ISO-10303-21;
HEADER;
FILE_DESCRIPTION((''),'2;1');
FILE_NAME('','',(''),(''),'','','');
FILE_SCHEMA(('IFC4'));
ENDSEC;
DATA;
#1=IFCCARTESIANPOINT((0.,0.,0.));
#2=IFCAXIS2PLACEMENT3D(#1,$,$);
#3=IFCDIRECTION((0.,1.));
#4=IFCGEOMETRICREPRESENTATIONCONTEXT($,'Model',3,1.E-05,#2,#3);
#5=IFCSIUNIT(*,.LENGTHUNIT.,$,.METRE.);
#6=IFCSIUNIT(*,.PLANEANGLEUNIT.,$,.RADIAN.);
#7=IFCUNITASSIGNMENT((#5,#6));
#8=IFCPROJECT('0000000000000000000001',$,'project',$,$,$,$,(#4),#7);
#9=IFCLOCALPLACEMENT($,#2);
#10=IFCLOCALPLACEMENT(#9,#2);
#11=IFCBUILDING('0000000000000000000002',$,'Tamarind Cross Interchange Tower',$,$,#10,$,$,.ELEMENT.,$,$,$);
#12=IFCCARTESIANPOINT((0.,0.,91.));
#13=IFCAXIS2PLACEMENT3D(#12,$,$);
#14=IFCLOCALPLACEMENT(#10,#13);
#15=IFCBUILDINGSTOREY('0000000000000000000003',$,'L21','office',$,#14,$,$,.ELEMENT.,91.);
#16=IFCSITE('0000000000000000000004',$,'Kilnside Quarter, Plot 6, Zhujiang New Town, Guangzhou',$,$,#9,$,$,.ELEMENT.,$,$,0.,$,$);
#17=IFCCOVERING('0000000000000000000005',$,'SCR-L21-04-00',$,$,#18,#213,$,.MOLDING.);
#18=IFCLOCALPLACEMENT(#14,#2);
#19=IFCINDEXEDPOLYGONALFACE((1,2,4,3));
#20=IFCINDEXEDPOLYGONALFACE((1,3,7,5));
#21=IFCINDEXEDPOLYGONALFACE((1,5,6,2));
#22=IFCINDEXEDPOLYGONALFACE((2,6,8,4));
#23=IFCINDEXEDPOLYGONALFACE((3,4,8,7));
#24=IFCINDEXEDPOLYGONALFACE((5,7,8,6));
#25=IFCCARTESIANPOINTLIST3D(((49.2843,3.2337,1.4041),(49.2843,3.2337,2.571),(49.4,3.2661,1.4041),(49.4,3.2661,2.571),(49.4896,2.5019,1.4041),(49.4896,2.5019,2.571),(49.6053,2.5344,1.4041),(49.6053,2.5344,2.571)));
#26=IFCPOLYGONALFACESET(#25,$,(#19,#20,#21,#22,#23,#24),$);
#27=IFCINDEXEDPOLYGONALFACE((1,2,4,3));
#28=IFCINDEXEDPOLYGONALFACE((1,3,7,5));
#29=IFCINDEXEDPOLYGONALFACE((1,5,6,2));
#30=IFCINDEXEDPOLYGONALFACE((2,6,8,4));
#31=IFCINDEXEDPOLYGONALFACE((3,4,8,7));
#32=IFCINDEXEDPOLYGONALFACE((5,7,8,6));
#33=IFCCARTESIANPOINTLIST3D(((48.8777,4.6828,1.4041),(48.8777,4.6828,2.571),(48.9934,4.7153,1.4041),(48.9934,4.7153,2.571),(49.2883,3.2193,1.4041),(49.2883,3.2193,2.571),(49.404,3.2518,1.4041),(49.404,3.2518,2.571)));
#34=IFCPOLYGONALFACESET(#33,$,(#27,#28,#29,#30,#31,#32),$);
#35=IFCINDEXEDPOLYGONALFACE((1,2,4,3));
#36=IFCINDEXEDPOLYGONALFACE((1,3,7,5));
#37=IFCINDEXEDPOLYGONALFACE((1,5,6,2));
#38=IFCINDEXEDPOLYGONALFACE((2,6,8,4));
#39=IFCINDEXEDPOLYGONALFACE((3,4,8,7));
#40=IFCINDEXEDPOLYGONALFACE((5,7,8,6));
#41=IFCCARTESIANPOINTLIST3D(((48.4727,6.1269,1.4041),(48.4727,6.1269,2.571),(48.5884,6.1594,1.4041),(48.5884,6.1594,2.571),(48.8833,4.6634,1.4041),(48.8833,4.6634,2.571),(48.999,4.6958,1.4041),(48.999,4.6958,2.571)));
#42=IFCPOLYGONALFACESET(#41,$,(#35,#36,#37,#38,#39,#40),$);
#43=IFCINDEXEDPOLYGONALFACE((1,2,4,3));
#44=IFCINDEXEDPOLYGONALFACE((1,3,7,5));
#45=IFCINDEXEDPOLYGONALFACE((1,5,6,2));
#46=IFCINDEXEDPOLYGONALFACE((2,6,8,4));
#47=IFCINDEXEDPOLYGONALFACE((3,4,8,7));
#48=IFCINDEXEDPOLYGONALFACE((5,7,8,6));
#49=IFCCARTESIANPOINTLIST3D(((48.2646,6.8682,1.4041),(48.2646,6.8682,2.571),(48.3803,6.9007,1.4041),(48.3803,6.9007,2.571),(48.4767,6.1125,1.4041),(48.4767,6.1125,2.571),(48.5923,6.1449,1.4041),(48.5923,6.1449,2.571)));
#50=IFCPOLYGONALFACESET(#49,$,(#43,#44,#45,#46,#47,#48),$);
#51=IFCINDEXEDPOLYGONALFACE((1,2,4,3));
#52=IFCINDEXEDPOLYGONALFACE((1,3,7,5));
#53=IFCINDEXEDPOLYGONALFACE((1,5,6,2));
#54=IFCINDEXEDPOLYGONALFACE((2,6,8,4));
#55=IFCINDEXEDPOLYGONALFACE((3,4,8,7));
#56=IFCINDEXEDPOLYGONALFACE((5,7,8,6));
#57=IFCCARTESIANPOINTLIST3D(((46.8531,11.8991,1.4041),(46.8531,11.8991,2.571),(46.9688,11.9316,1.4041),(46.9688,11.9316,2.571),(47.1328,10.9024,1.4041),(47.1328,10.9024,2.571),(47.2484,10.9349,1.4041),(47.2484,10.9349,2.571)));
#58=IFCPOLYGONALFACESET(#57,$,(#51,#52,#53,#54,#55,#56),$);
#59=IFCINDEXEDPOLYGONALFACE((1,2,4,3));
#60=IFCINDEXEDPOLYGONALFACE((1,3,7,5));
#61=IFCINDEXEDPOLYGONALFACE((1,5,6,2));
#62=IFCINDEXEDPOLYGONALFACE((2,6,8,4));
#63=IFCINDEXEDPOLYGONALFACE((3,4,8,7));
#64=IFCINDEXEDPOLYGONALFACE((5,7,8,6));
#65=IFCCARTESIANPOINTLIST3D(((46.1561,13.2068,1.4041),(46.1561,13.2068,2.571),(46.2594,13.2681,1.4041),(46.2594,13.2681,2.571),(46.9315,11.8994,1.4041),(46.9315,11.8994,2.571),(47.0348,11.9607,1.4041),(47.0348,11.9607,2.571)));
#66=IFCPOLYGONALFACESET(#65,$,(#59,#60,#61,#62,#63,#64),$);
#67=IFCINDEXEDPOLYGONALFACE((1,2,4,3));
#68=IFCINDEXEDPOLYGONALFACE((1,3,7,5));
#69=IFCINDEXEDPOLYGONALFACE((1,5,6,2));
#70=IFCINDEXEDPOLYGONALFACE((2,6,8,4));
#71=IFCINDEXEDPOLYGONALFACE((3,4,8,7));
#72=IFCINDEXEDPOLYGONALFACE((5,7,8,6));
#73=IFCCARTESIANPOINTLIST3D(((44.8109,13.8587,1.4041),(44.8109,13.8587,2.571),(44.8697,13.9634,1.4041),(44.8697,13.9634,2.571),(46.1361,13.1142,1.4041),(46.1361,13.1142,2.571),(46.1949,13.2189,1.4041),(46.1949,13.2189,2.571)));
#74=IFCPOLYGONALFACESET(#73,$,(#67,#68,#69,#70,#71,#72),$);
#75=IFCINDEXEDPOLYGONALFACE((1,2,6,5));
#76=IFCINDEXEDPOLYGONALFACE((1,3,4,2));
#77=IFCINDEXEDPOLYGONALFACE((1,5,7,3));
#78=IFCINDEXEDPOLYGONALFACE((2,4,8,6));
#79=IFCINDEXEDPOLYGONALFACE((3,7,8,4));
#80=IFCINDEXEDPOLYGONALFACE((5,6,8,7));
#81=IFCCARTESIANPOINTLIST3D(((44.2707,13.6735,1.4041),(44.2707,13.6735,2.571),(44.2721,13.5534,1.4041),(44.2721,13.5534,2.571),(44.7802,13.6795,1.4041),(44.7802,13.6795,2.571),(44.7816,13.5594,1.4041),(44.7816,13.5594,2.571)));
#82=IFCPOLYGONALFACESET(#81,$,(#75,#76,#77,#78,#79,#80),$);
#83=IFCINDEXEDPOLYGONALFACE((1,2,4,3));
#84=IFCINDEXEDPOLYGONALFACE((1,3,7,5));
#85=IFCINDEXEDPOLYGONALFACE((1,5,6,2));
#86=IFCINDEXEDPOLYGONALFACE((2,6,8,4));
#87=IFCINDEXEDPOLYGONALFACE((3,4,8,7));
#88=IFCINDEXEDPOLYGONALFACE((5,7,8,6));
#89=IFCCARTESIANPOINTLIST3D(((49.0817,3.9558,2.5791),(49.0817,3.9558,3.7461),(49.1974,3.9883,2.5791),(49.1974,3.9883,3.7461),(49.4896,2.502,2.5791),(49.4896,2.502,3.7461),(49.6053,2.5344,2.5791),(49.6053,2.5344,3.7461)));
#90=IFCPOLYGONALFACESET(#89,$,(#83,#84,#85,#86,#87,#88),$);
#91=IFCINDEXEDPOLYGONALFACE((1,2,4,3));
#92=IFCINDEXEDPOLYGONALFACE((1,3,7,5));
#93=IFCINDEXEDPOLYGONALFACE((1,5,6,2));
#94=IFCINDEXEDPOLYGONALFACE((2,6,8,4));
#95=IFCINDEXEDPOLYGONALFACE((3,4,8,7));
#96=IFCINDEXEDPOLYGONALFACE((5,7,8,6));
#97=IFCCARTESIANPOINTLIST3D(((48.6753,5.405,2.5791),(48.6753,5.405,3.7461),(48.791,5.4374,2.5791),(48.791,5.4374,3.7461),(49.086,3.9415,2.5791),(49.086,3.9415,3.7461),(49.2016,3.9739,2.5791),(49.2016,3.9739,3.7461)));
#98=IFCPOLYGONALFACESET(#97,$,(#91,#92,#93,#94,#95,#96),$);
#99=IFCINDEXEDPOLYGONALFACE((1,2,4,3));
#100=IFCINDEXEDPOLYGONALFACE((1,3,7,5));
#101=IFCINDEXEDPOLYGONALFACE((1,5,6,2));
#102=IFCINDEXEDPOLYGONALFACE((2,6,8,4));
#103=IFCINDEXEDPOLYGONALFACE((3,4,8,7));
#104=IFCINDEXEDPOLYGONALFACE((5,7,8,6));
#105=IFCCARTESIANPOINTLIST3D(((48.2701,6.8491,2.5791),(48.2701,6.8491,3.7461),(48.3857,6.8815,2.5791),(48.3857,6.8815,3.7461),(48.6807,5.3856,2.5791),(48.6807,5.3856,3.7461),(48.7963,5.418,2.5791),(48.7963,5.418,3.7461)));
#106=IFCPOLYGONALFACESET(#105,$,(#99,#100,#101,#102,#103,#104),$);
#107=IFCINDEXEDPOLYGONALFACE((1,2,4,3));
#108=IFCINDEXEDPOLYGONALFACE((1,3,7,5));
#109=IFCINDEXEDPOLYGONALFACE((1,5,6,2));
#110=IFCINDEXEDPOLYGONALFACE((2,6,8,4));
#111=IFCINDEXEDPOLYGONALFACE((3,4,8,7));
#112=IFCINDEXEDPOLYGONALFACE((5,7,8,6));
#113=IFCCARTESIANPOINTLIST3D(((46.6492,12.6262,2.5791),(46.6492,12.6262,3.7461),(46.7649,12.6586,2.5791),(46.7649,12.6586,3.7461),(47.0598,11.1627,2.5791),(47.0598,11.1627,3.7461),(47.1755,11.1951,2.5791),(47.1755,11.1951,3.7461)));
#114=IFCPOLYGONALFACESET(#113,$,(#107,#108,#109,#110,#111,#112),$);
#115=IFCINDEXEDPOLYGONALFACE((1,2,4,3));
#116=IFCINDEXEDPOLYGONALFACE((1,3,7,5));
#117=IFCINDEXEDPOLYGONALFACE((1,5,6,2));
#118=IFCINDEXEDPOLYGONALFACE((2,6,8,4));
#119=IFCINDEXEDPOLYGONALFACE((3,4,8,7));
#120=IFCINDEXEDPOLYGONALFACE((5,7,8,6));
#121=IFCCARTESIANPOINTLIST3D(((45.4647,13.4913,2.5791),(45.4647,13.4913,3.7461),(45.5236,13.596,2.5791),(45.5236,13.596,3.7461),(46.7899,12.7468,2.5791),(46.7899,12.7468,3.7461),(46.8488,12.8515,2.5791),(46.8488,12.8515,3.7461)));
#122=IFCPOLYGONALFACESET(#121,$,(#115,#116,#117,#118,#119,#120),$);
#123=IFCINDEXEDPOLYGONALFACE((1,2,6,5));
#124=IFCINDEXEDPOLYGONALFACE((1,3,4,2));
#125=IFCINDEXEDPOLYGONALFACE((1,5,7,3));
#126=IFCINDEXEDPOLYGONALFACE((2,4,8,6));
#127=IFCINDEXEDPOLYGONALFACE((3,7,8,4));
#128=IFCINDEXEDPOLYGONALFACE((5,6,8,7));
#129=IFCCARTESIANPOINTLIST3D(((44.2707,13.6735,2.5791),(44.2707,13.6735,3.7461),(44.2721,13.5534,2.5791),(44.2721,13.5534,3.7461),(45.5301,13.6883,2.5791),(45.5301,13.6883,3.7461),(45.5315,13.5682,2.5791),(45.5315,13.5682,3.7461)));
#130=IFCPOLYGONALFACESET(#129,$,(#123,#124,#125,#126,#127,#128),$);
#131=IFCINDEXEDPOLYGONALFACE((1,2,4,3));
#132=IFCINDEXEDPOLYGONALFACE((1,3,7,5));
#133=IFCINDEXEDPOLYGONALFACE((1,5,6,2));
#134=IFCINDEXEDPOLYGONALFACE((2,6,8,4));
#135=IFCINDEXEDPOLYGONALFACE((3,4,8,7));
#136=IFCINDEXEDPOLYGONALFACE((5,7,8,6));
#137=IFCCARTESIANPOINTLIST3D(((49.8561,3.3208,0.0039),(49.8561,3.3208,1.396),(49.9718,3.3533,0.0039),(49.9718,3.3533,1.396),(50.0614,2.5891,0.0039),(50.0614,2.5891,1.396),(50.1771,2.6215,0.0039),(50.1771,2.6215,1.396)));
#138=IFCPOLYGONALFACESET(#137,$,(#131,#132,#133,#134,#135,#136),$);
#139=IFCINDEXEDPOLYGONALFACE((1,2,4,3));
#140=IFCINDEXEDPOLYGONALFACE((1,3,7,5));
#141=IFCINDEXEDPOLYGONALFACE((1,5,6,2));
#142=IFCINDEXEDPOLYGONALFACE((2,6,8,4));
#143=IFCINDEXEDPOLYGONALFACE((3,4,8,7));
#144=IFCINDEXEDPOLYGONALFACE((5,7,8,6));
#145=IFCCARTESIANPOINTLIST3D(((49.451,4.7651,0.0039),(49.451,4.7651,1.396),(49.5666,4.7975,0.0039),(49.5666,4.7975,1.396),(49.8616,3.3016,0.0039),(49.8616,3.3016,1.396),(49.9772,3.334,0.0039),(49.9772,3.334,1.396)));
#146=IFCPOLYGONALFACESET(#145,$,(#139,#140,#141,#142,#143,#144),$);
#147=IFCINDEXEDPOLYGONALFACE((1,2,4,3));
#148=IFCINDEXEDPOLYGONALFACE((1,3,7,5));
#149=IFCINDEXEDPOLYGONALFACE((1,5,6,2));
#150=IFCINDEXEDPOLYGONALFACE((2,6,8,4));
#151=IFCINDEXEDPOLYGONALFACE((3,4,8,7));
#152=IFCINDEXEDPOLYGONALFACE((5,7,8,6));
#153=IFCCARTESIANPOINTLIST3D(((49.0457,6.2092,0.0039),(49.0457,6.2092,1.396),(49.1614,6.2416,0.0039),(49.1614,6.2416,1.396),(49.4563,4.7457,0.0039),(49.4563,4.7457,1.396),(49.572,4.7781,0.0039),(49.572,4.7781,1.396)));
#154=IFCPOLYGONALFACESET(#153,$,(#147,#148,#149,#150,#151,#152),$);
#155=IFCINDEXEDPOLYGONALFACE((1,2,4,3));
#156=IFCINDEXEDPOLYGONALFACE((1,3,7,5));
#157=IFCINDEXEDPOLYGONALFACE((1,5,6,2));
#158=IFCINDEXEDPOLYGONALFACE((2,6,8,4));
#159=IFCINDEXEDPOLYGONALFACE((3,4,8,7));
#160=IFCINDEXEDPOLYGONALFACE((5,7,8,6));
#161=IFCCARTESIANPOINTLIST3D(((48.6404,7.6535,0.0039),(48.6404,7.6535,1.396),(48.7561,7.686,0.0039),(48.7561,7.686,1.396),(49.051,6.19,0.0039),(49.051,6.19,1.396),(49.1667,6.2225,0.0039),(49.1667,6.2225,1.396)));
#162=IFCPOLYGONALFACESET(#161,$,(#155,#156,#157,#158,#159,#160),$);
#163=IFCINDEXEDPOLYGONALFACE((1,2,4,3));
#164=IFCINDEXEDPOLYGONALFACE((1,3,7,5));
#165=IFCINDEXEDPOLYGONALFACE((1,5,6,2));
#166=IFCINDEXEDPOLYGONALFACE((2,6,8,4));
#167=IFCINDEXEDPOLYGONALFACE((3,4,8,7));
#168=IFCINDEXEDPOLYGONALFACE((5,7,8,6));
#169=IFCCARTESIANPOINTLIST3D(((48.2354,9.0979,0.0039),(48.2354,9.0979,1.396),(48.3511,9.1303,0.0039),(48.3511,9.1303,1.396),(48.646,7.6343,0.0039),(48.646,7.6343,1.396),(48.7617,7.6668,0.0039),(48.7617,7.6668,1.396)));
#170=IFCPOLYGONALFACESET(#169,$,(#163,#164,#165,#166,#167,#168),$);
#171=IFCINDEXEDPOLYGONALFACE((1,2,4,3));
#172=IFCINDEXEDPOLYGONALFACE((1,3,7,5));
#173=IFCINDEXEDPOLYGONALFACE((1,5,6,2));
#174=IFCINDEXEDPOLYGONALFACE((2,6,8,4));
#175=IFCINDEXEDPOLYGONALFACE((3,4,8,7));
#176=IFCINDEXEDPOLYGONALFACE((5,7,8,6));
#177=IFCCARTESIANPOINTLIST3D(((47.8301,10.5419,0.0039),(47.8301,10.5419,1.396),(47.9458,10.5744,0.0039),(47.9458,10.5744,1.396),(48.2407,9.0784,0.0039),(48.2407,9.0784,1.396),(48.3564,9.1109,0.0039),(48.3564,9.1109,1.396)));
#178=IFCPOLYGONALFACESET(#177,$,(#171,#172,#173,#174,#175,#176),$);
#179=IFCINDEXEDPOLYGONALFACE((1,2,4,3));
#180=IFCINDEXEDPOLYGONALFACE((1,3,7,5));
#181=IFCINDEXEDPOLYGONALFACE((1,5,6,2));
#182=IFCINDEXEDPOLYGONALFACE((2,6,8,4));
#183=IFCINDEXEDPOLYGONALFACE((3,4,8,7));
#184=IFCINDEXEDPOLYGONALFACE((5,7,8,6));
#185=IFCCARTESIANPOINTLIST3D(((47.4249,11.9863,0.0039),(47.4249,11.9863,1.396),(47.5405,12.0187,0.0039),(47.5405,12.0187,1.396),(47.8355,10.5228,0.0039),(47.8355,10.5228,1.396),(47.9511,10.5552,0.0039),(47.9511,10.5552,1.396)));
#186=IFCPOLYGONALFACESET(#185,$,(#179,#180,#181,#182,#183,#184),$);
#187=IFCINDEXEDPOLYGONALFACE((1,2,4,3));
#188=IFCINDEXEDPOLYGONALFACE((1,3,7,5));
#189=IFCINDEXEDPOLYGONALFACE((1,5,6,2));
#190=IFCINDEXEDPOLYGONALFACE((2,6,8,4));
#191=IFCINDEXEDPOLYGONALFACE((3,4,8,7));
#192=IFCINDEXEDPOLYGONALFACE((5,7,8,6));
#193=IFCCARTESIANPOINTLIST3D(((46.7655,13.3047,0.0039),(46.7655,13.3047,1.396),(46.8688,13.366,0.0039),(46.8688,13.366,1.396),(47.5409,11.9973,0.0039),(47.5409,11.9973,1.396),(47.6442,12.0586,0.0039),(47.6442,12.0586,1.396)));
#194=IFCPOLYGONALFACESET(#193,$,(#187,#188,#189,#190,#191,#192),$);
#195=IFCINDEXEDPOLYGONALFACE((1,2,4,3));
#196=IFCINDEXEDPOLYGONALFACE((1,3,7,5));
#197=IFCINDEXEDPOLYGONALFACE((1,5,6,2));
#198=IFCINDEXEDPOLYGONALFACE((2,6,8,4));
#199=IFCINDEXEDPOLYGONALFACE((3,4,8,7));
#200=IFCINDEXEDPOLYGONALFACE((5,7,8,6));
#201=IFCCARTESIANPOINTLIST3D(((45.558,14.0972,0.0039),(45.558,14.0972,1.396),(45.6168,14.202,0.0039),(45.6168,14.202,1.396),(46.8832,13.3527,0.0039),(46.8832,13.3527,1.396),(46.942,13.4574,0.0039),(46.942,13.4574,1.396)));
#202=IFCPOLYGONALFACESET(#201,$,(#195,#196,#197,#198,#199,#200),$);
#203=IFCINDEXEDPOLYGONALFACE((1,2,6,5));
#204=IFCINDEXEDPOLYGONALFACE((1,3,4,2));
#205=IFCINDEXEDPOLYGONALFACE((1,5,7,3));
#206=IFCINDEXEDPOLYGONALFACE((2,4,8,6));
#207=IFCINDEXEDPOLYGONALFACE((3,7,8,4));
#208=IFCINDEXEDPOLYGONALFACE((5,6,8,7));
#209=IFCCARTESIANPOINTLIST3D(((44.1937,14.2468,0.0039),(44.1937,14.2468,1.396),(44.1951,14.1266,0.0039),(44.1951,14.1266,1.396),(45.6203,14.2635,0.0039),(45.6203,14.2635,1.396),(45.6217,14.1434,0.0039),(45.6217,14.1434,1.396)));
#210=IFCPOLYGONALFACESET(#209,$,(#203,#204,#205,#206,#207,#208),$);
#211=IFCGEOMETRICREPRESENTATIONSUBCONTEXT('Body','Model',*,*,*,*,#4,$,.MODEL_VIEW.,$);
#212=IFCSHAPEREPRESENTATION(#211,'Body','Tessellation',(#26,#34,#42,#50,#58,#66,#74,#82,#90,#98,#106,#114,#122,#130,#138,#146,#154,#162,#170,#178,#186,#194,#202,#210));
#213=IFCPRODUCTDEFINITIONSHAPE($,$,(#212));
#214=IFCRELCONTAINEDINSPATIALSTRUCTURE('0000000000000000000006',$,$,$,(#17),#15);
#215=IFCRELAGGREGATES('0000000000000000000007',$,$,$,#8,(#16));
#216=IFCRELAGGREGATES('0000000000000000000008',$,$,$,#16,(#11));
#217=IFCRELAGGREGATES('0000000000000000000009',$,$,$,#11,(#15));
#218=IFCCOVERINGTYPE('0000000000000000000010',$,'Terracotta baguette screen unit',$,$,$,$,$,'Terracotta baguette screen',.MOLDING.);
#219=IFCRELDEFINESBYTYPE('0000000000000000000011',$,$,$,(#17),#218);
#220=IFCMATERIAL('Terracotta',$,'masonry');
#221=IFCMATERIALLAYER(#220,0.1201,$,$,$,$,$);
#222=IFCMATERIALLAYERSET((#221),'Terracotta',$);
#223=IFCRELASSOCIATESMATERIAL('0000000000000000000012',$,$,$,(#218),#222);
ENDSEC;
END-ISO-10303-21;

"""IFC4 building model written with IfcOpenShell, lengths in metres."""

from ifc_helpers import new_model, si_unit, direction, frame, origin, origin_2d, place, context, subcontext, project, spatial, rectangle, extrude, material, layer, layer_set, type_object, element, save


model = new_model("IFC4")

# Units and contexts
model_context = context("Model", 3, precision=1e-05, world=origin(), true_north=direction((0.0, 1.0)))
body_context = subcontext(model_context, "Body", "Model", "MODEL_VIEW")
ifc_project = project(units=[si_unit("LENGTHUNIT", "METRE"), si_unit("PLANEANGLEUNIT", "RADIAN")], contexts=[model_context])

# Site, building, storey
site_placement = place(None, origin())
site = spatial("IfcSite", under=ifc_project, at=site_placement, Name="Kilnside Quarter, Plot 6, Zhujiang New Town, Guangzhou", CompositionType="ELEMENT", RefElevation=0.0)
building_placement = place(site_placement, origin())
building = spatial("IfcBuilding", under=site, at=building_placement, Name="Tamarind Cross Interchange Tower", CompositionType="ELEMENT")
storey_placement = place(building_placement, frame((0.0, 0.0, 91.0)))
storey = spatial("IfcBuildingStorey", under=building, at=storey_placement, Name="L21", Description="office", CompositionType="ELEMENT", Elevation=91.0)

# Covering
ifc_material_1 = material(Name="Terracotta", Category="masonry")
ifc_layer_1 = layer(ifc_material_1, 0.1201)
ifc_layer_set_1 = layer_set([ifc_layer_1], Name="Terracotta")
covering_type = type_object("IfcCoveringType", Name="Terracotta baguette screen unit", ElementType="Terracotta baguette screen", PredefinedType="MOLDING", material=ifc_layer_set_1)
covering_1_placement = place(storey_placement, origin())
element("IfcCovering", 1, at=covering_1_placement, inside=storey, type_object=covering_type, Name="SCR-L21-04-00", PredefinedType="MOLDING", context=body_context, shape_type="SweptSolid", body=[
    extrude(rectangle(XDim=0.76, YDim=0.1201, at=origin_2d()), frame((49.4448, 2.884, 1.4041), z_axis=(0.0, 0.0, 1.0), x_axis=(-0.27013, 0.962824, 0.0)), (0.0, 0.0, 1.0), 1.167),
    extrude(rectangle(XDim=1.52, YDim=0.1201, at=origin_2d()), frame((49.1409, 3.9673, 1.4041), z_axis=(0.0, 0.0, 1.0), x_axis=(-0.27013, 0.962824, 0.0)), (0.0, 0.0, 1.0), 1.167),
    extrude(rectangle(XDim=1.52, YDim=0.1201, at=origin_2d()), frame((48.7358, 5.4114, 1.4041), z_axis=(0.0, 0.0, 1.0), x_axis=(-0.27013, 0.962824, 0.0)), (0.0, 0.0, 1.0), 1.167),
    extrude(rectangle(XDim=0.7849, YDim=0.1201, at=origin_2d()), frame((48.4285, 6.5066, 1.4041), z_axis=(0.0, 0.0, 1.0), x_axis=(-0.27013, 0.962824, 0.0)), (0.0, 0.0, 1.0), 1.167),
    extrude(rectangle(XDim=1.0352, YDim=0.1201, at=origin_2d()), frame((47.0508, 11.417, 1.4041), z_axis=(0.0, 0.0, 1.0), x_axis=(-0.27013, 0.962824, 0.0)), (0.0, 0.0, 1.0), 1.167),
    extrude(rectangle(XDim=1.52, YDim=0.1201, at=origin_2d()), frame((46.5955, 12.5837, 1.4041), z_axis=(0.0, 0.0, 1.0), x_axis=(-0.510123, 0.860102, 0.0)), (0.0, 0.0, 1.0), 1.167),
    extrude(rectangle(XDim=1.52, YDim=0.1201, at=origin_2d()), frame((45.5029, 13.5388, 1.4041), z_axis=(0.0, 0.0, 1.0), x_axis=(-0.87183, 0.489809, 0.0)), (0.0, 0.0, 1.0), 1.167),
    extrude(rectangle(XDim=0.5095, YDim=0.1201, at=origin_2d()), frame((44.5261, 13.6165, 1.4041), z_axis=(0.0, 0.0, 1.0), x_axis=(-0.999931, -0.011728, 0.0)), (0.0, 0.0, 1.0), 1.167),
    extrude(rectangle(XDim=1.51, YDim=0.1201, at=origin_2d()), frame((49.3435, 3.2451, 2.5791), z_axis=(0.0, 0.0, 1.0), x_axis=(-0.27013, 0.962824, 0.0)), (0.0, 0.0, 1.0), 1.167),
    extrude(rectangle(XDim=1.52, YDim=0.1201, at=origin_2d()), frame((48.9385, 4.6895, 2.5791), z_axis=(0.0, 0.0, 1.0), x_axis=(-0.27013, 0.962824, 0.0)), (0.0, 0.0, 1.0), 1.167),
    extrude(rectangle(XDim=1.52, YDim=0.1201, at=origin_2d()), frame((48.5332, 6.1335, 2.5791), z_axis=(0.0, 0.0, 1.0), x_axis=(-0.27013, 0.962824, 0.0)), (0.0, 0.0, 1.0), 1.167),
    extrude(rectangle(XDim=1.52, YDim=0.1201, at=origin_2d()), frame((46.9124, 11.9106, 2.5791), z_axis=(0.0, 0.0, 1.0), x_axis=(-0.27013, 0.962824, 0.0)), (0.0, 0.0, 1.0), 1.167),
    extrude(rectangle(XDim=1.52, YDim=0.1201, at=origin_2d()), frame((46.1567, 13.1714, 2.5791), z_axis=(0.0, 0.0, 1.0), x_axis=(-0.87183, 0.489809, 0.0)), (0.0, 0.0, 1.0), 1.167),
    extrude(rectangle(XDim=1.2595, YDim=0.1201, at=origin_2d()), frame((44.9011, 13.6208, 2.5791), z_axis=(0.0, 0.0, 1.0), x_axis=(-0.999931, -0.011728, 0.0)), (0.0, 0.0, 1.0), 1.167),
    extrude(rectangle(XDim=0.76, YDim=0.1201, at=origin_2d()), frame((50.0166, 2.9712, 0.0039), z_axis=(0.0, 0.0, 1.0), x_axis=(-0.27013, 0.962824, 0.0)), (0.0, 0.0, 1.0), 1.3921),
    extrude(rectangle(XDim=1.52, YDim=0.1201, at=origin_2d()), frame((49.7141, 4.0496, 0.0039), z_axis=(0.0, 0.0, 1.0), x_axis=(-0.27013, 0.962824, 0.0)), (0.0, 0.0, 1.0), 1.3921),
    extrude(rectangle(XDim=1.52, YDim=0.1201, at=origin_2d()), frame((49.3088, 5.4937, 0.0039), z_axis=(0.0, 0.0, 1.0), x_axis=(-0.27013, 0.962824, 0.0)), (0.0, 0.0, 1.0), 1.3921),
    extrude(rectangle(XDim=1.52, YDim=0.1201, at=origin_2d()), frame((48.9036, 6.938, 0.0039), z_axis=(0.0, 0.0, 1.0), x_axis=(-0.27013, 0.962824, 0.0)), (0.0, 0.0, 1.0), 1.3921),
    extrude(rectangle(XDim=1.52, YDim=0.1201, at=origin_2d()), frame((48.4985, 8.3823, 0.0039), z_axis=(0.0, 0.0, 1.0), x_axis=(-0.27013, 0.962824, 0.0)), (0.0, 0.0, 1.0), 1.3921),
    extrude(rectangle(XDim=1.52, YDim=0.1201, at=origin_2d()), frame((48.0933, 9.8264, 0.0039), z_axis=(0.0, 0.0, 1.0), x_axis=(-0.27013, 0.962824, 0.0)), (0.0, 0.0, 1.0), 1.3921),
    extrude(rectangle(XDim=1.52, YDim=0.1201, at=origin_2d()), frame((47.688, 11.2708, 0.0039), z_axis=(0.0, 0.0, 1.0), x_axis=(-0.27013, 0.962824, 0.0)), (0.0, 0.0, 1.0), 1.3921),
    extrude(rectangle(XDim=1.52, YDim=0.1201, at=origin_2d()), frame((47.2048, 12.6816, 0.0039), z_axis=(0.0, 0.0, 1.0), x_axis=(-0.510123, 0.860102, 0.0)), (0.0, 0.0, 1.0), 1.3921),
    extrude(rectangle(XDim=1.52, YDim=0.1201, at=origin_2d()), frame((46.25, 13.7773, 0.0039), z_axis=(0.0, 0.0, 1.0), x_axis=(-0.87183, 0.489809, 0.0)), (0.0, 0.0, 1.0), 1.3921),
    extrude(rectangle(XDim=1.4268, YDim=0.1201, at=origin_2d()), frame((44.9077, 14.1951, 0.0039), z_axis=(0.0, 0.0, 1.0), x_axis=(-0.999931, -0.011728, 0.0)), (0.0, 0.0, 1.0), 1.3921),
])

save(model, "model.ifc")
